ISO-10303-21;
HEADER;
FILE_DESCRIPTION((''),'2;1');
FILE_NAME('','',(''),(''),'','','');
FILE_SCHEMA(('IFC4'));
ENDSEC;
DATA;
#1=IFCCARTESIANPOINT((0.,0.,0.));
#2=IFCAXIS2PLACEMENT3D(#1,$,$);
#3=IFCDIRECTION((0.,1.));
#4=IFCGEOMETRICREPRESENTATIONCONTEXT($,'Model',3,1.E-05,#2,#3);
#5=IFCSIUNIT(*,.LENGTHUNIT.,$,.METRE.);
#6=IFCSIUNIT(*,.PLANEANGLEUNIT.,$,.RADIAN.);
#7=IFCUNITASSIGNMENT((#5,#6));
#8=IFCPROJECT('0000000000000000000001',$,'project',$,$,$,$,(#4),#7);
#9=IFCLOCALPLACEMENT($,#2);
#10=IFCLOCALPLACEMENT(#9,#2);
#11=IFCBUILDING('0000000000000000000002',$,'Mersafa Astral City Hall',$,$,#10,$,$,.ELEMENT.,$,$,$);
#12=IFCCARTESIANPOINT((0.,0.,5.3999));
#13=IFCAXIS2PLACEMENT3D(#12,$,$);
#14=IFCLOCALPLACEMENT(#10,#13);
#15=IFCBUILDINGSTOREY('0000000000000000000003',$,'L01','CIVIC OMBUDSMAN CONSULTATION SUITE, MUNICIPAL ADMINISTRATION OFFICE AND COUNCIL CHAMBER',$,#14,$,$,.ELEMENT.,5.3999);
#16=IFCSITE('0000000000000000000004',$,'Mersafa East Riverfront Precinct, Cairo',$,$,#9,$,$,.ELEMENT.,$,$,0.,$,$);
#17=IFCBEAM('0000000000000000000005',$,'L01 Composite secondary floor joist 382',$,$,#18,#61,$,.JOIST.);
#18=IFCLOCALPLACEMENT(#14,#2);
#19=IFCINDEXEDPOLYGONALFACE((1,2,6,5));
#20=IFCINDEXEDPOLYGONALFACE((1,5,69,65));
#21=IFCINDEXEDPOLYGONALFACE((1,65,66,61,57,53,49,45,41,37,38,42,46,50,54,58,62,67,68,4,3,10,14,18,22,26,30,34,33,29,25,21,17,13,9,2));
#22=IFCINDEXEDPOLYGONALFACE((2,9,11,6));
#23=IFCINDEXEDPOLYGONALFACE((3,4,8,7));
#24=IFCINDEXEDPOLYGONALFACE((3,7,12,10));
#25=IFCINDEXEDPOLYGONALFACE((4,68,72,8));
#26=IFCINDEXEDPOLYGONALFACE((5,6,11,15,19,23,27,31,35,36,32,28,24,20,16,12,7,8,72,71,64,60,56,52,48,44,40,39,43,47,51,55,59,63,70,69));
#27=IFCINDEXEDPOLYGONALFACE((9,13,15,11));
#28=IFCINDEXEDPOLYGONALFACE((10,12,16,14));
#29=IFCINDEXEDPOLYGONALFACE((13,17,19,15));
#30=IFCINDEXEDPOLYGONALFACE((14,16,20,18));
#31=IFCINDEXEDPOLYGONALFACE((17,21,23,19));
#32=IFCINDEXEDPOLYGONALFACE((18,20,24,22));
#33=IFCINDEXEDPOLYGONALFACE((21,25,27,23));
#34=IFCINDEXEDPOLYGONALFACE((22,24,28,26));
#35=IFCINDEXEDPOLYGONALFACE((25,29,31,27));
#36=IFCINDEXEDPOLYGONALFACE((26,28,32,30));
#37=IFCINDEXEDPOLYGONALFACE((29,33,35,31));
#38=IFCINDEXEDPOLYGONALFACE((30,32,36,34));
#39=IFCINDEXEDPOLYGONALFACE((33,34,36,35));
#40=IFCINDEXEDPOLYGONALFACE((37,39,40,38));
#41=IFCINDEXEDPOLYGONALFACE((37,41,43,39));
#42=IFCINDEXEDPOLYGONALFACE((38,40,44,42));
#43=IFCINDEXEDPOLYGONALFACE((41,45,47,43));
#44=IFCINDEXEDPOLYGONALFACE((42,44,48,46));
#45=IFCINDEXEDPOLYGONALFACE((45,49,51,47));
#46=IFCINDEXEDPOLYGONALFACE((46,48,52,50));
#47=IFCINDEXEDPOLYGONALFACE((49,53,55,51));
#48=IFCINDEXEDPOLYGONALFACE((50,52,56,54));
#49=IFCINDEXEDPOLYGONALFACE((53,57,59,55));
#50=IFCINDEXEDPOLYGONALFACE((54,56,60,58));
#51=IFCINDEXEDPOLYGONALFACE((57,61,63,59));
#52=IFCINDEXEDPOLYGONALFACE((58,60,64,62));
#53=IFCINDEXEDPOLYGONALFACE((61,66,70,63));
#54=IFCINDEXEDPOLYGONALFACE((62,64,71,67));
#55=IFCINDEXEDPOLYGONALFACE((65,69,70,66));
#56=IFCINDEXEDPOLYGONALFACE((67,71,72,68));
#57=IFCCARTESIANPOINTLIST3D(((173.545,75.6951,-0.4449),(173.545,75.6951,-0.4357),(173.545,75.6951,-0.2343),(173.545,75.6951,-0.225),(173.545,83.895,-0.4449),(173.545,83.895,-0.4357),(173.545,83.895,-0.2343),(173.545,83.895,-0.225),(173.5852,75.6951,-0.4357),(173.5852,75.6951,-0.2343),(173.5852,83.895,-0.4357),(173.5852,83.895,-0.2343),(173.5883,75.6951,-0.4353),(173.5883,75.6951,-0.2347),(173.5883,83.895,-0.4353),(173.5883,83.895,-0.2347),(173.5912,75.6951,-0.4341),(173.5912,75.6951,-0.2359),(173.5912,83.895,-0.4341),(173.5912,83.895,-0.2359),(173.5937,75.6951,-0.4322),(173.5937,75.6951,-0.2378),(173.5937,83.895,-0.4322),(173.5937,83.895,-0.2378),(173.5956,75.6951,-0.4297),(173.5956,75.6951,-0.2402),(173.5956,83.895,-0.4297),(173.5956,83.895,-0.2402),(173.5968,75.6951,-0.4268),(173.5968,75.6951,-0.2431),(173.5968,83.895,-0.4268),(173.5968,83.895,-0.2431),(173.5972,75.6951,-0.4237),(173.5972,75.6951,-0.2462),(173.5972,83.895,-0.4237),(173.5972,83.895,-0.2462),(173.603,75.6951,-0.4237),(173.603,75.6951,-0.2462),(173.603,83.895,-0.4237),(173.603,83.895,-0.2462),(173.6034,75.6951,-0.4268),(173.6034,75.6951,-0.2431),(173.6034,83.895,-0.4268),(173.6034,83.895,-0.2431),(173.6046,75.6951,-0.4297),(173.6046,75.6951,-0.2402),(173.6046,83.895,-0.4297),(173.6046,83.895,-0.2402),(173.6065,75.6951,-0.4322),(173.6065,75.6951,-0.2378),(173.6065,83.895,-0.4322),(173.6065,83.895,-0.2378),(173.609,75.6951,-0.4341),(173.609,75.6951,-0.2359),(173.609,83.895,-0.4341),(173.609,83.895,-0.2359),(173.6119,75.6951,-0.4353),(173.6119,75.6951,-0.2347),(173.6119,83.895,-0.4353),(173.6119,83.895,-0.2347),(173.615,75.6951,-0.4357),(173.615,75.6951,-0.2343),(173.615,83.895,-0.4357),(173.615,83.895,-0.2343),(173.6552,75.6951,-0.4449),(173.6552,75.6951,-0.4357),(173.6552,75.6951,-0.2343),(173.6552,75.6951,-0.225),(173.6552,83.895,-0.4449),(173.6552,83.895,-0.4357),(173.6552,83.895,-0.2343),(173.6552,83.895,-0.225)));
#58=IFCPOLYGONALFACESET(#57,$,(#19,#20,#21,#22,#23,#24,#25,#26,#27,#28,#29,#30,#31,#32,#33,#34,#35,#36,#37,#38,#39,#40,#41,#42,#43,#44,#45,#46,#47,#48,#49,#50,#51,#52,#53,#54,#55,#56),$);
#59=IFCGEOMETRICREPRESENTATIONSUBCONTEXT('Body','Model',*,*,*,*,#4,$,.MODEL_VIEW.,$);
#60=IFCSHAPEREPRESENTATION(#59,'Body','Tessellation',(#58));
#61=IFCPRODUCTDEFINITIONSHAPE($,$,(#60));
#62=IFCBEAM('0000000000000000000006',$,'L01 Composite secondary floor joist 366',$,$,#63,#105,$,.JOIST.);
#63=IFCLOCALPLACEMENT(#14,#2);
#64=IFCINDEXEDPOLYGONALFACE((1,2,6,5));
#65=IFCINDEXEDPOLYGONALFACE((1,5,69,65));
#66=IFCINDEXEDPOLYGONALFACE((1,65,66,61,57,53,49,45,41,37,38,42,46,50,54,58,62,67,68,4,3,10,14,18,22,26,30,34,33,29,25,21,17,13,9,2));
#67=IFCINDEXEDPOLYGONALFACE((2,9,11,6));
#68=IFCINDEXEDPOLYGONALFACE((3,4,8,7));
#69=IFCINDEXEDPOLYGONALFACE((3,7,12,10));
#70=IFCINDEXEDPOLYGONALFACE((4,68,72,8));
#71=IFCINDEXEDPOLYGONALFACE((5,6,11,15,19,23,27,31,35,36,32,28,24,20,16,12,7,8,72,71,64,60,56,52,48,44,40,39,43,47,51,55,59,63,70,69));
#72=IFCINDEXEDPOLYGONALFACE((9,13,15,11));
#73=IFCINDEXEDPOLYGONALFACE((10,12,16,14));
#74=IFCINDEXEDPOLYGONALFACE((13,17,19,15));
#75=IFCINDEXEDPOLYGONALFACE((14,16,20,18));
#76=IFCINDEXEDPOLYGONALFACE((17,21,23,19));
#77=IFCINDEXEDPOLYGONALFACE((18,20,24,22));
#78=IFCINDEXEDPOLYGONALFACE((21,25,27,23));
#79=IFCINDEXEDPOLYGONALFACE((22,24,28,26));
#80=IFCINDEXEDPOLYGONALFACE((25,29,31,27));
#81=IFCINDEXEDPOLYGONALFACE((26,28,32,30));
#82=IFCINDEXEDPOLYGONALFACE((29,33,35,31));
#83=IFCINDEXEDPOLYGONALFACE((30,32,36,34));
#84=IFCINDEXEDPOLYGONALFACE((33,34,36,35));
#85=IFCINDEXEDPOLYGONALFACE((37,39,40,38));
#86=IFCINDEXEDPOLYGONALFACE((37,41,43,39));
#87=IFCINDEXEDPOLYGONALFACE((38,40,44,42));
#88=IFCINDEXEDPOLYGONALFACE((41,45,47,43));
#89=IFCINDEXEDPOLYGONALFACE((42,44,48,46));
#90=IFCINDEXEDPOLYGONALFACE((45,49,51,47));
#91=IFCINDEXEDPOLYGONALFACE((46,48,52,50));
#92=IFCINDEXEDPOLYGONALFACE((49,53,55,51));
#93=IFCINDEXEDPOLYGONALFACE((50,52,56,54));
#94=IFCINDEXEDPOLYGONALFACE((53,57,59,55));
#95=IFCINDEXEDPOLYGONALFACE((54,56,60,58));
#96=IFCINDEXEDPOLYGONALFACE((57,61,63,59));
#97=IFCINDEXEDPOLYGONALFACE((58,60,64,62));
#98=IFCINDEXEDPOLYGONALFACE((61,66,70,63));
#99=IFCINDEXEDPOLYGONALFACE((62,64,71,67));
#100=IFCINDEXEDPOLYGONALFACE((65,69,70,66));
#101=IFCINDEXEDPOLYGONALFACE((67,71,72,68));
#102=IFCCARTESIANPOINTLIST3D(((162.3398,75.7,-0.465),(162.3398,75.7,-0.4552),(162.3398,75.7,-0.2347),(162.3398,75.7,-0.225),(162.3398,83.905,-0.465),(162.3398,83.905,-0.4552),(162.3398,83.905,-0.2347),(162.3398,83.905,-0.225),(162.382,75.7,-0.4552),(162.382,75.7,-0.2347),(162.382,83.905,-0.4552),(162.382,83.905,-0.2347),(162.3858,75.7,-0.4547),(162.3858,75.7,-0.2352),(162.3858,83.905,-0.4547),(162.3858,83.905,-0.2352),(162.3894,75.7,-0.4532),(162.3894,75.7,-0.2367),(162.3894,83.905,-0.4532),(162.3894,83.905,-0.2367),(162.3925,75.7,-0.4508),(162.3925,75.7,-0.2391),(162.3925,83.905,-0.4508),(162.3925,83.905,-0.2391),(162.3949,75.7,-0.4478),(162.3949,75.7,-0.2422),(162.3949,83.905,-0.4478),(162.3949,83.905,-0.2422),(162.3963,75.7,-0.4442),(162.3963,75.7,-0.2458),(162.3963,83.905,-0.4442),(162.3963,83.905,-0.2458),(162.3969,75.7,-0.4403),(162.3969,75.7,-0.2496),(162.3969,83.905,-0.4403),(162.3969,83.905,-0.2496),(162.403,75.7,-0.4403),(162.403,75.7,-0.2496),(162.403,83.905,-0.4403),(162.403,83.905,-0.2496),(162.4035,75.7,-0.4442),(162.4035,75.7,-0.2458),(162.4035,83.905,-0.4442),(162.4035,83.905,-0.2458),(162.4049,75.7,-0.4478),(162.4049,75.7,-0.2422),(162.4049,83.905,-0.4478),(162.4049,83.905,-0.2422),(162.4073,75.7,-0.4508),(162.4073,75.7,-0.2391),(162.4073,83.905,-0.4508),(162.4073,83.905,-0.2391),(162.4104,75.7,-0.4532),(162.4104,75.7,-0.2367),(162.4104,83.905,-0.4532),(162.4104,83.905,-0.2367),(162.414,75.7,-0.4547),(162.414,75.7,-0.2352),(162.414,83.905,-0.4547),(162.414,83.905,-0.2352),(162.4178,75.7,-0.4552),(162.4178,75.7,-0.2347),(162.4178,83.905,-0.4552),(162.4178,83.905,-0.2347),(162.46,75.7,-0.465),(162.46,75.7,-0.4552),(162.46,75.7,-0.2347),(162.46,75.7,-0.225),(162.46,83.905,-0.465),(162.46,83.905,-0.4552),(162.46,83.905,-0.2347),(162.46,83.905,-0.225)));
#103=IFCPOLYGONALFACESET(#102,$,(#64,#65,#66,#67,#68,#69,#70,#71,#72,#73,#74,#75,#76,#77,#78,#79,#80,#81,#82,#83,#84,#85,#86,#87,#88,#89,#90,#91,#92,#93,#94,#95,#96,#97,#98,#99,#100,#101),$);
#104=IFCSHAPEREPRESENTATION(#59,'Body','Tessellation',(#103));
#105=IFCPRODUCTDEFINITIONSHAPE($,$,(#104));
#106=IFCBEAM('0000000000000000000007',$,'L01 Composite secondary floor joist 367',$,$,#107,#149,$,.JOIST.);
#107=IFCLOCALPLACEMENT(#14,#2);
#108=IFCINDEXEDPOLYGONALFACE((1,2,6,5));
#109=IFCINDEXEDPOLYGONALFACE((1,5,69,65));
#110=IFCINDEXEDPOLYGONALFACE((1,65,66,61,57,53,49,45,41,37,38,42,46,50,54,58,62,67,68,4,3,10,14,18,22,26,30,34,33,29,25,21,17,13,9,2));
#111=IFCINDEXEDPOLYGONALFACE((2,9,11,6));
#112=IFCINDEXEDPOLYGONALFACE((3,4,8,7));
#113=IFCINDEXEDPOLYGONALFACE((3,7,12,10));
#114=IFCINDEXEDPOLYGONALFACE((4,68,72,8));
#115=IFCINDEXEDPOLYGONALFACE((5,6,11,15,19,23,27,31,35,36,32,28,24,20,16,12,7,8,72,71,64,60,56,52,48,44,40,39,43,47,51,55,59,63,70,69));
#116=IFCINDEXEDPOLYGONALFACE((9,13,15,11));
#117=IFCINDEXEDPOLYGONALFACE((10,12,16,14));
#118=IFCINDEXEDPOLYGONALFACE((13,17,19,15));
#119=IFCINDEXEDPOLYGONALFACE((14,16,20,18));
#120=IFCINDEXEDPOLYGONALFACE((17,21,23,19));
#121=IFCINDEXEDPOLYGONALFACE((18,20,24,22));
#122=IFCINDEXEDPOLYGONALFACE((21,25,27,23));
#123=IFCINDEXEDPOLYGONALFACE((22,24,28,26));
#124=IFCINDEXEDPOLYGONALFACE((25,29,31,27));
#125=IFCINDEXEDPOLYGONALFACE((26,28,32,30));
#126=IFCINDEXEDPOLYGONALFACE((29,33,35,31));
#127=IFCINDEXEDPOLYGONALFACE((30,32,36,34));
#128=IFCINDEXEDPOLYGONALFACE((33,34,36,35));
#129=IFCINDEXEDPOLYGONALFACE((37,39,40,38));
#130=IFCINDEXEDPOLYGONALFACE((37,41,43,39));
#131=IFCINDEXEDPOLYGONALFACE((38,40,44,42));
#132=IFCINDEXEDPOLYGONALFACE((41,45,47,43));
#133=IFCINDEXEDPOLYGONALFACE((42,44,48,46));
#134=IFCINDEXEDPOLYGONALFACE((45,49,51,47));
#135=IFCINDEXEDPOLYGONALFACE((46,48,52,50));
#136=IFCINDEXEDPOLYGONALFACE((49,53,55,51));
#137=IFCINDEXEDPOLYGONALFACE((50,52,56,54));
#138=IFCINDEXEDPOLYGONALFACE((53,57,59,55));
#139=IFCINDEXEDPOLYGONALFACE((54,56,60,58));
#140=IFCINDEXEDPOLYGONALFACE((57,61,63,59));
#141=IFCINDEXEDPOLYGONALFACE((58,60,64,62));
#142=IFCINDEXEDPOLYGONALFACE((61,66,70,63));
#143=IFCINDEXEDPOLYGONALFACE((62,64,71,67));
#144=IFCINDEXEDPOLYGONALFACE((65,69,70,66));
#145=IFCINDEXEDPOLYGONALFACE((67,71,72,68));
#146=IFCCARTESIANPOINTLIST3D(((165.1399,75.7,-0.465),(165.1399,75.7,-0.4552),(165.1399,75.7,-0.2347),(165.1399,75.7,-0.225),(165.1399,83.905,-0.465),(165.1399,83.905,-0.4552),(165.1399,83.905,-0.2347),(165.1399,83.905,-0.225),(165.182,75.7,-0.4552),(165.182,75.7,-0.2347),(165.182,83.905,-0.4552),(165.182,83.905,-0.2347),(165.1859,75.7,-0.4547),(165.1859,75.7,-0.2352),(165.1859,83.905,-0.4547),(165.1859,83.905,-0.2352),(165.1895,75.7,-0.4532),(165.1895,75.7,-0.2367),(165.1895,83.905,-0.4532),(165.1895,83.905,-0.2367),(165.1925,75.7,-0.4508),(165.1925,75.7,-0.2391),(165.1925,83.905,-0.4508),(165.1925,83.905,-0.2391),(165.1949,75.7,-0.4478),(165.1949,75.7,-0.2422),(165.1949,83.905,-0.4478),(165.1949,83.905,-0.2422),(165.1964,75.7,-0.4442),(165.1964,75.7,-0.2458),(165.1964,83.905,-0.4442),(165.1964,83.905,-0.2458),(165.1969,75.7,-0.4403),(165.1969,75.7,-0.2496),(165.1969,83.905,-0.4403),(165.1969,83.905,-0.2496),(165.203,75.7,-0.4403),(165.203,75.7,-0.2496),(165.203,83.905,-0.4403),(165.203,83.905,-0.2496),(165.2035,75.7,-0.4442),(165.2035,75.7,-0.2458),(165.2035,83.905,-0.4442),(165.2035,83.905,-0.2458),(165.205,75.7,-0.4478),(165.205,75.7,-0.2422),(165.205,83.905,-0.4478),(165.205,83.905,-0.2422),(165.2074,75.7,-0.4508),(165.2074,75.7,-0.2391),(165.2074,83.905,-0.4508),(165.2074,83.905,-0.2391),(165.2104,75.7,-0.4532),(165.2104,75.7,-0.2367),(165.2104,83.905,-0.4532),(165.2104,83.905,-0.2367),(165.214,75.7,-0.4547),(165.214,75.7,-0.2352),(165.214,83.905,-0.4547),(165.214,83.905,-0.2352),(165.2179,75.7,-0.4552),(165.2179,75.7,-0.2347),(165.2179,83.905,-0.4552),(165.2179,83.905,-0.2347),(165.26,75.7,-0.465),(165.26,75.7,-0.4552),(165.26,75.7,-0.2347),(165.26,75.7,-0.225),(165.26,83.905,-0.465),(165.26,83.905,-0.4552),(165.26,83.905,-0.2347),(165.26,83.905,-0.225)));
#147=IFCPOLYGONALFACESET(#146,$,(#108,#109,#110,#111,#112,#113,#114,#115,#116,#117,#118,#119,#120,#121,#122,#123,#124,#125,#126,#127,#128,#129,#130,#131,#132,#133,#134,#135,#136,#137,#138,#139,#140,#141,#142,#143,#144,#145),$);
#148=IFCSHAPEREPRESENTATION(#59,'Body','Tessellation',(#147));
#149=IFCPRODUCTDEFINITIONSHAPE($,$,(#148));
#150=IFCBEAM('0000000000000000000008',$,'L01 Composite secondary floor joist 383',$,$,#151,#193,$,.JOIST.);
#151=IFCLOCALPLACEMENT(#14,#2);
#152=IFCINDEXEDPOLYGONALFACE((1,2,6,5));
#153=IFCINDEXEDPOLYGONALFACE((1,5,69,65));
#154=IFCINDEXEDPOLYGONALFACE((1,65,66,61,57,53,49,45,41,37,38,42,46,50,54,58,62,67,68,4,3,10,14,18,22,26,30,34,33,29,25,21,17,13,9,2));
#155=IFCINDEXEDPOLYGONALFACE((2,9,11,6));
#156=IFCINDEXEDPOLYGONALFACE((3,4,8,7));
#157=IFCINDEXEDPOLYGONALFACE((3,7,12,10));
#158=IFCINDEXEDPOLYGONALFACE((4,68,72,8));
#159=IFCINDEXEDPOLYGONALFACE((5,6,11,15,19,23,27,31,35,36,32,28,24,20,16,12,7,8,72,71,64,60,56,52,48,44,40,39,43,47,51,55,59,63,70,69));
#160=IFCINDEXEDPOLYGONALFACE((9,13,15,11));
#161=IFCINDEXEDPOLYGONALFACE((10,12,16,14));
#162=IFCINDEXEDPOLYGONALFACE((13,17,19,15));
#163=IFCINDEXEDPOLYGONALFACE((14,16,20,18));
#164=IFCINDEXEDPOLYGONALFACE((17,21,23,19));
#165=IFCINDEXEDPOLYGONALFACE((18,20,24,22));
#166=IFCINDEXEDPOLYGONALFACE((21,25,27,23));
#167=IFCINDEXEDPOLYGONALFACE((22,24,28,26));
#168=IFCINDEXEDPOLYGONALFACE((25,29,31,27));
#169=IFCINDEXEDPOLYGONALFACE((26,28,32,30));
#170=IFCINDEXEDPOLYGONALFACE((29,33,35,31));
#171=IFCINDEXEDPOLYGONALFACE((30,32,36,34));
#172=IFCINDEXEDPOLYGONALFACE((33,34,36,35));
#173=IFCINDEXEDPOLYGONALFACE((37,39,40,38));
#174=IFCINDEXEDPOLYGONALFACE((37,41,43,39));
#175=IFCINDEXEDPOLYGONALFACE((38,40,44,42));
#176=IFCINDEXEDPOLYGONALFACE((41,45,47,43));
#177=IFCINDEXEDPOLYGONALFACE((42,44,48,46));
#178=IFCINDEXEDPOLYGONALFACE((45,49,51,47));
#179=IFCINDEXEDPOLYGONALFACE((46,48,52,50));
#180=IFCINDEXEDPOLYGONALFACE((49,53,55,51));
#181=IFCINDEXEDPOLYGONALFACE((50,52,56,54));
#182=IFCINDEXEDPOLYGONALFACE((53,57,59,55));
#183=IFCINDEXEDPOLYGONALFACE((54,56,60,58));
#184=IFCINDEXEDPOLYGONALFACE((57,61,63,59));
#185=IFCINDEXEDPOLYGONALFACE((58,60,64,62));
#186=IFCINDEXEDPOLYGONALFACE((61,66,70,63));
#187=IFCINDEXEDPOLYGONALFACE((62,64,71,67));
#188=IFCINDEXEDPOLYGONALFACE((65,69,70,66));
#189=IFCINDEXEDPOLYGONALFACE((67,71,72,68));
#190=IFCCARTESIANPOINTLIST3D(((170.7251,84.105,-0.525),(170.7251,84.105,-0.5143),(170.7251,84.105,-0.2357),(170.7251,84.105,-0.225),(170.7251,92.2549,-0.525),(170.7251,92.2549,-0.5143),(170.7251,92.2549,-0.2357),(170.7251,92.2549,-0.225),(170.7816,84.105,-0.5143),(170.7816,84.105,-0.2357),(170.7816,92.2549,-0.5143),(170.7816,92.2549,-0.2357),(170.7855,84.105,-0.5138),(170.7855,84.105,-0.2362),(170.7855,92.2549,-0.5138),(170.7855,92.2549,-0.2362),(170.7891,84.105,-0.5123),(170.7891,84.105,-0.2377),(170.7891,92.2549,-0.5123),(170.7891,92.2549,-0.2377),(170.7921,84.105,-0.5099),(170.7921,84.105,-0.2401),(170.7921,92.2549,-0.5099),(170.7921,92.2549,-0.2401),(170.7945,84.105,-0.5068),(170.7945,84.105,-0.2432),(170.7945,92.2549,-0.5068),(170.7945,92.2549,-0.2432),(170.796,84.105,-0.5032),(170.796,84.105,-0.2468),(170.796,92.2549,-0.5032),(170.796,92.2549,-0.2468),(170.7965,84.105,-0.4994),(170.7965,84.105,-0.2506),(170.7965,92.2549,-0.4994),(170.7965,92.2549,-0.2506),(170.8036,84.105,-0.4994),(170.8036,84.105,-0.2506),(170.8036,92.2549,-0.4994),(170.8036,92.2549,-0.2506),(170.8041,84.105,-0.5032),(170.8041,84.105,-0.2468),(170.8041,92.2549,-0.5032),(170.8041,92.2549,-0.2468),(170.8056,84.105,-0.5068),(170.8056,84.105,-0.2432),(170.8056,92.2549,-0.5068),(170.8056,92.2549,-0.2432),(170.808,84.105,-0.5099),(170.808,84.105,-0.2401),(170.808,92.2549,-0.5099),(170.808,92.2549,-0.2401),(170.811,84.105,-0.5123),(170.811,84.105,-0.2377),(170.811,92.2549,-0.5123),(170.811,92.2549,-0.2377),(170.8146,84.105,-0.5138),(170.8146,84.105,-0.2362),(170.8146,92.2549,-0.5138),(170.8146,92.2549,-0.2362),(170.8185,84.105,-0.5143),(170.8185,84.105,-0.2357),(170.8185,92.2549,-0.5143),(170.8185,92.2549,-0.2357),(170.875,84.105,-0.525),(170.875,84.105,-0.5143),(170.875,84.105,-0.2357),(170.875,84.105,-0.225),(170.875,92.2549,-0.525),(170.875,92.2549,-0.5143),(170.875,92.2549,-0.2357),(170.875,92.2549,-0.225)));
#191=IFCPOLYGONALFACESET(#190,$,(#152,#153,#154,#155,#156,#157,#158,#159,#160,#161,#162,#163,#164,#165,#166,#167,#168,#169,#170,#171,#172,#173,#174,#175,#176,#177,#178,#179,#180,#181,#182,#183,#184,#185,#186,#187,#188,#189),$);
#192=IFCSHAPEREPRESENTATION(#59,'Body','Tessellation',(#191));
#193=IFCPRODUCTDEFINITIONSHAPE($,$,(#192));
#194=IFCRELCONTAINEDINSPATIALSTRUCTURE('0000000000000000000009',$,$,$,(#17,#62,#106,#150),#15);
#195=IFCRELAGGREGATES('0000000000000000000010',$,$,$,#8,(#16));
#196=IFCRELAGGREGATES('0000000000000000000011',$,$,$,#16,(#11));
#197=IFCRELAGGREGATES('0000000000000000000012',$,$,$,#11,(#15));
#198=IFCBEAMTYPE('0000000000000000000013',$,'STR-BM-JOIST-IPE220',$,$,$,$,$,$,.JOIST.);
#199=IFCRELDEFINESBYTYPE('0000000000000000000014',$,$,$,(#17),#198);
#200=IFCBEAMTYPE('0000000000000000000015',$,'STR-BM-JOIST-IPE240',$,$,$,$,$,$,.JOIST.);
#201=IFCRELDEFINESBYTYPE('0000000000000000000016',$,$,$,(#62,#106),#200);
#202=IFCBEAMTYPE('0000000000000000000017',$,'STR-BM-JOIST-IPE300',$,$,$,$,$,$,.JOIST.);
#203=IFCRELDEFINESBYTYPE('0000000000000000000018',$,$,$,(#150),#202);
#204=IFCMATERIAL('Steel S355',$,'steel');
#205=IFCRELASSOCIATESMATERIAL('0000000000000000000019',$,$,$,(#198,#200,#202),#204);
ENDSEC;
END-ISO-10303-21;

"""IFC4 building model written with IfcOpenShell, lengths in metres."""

from ifc_helpers import new_model, si_unit, direction, frame, origin, origin_2d, place, context, subcontext, project, spatial, i_section, extrude, material, material_profile, profile_set, type_object, element, save


model = new_model("IFC4")

# Units and contexts
model_context = context("Model", 3, precision=1e-05, world=origin(), true_north=direction((0.0, 1.0)))
body_context = subcontext(model_context, "Body", "Model", "MODEL_VIEW")
ifc_project = project(units=[si_unit("LENGTHUNIT", "METRE"), si_unit("PLANEANGLEUNIT", "RADIAN")], contexts=[model_context])

# Site, building, storey
site_placement = place(None, origin())
site = spatial("IfcSite", under=ifc_project, at=site_placement, Name="Mersafa East Riverfront Precinct, Cairo", CompositionType="ELEMENT", RefElevation=0.0)
building_placement = place(site_placement, origin())
building = spatial("IfcBuilding", under=site, at=building_placement, Name="Mersafa Astral City Hall", CompositionType="ELEMENT")
storey_placement = place(building_placement, frame((0.0, 0.0, 5.3999)))
storey = spatial("IfcBuildingStorey", under=building, at=storey_placement, Name="L01", Description="CIVIC OMBUDSMAN CONSULTATION SUITE, MUNICIPAL ADMINISTRATION OFFICE AND COUNCIL CHAMBER", CompositionType="ELEMENT", Elevation=5.3999)

# Shared definitions
ifc_material_1 = material(Name="Steel S355", Category="steel")

# Beams
ifc_material_profile_1 = material_profile(ifc_material_1, i_section(OverallWidth=0.1101, OverallDepth=0.22, WebThickness=0.0059, FlangeThickness=0.0093, FilletRadius=0.012, at=origin_2d()), Name="IPE 220")
ifc_profile_set_1 = profile_set([ifc_material_profile_1], Name="Steel S355")
beam_type_1 = type_object("IfcBeamType", Name="STR-BM-JOIST-IPE220", PredefinedType="JOIST", material=ifc_profile_set_1)
for number, where, z_axis, x_axis, name in (
    (1, (173.6001, 75.6951, -0.335), (0.0, 1.0, 0.0), (-1.0, 0.0, 0.0), "L01 Composite secondary floor joist 382"),
):
    element("IfcBeam", number, at=place(storey_placement, frame(where, z_axis=z_axis, x_axis=x_axis)), inside=storey, type_object=beam_type_1, Name=name, PredefinedType="JOIST", context=body_context, shape_type="SweptSolid", body=[
        extrude(i_section(OverallWidth=0.1101, OverallDepth=0.22, WebThickness=0.0059, FlangeThickness=0.0093, FilletRadius=0.012, at=origin_2d()), origin(), (0.0, 0.0, 1.0), 8.2),
    ])
ifc_material_profile_2 = material_profile(ifc_material_1, i_section(OverallWidth=0.1201, OverallDepth=0.24, WebThickness=0.0061, FlangeThickness=0.0098, FilletRadius=0.0149, at=origin_2d()), Name="IPE 240")
ifc_profile_set_2 = profile_set([ifc_material_profile_2], Name="Steel S355")
beam_type_2 = type_object("IfcBeamType", Name="STR-BM-JOIST-IPE240", PredefinedType="JOIST", material=ifc_profile_set_2)
for number, where, z_axis, x_axis, name in (
    (2, (162.3999, 75.7, -0.345), (0.0, 1.0, 0.0), (-1.0, 0.0, 0.0), "L01 Composite secondary floor joist 366"),
    (3, (165.2, 75.7, -0.345), (0.0, 1.0, 0.0), (-1.0, 0.0, 0.0), "L01 Composite secondary floor joist 367"),
):
    element("IfcBeam", number, at=place(storey_placement, frame(where, z_axis=z_axis, x_axis=x_axis)), inside=storey, type_object=beam_type_2, Name=name, PredefinedType="JOIST", context=body_context, shape_type="SweptSolid", body=[
        extrude(i_section(OverallWidth=0.1201, OverallDepth=0.24, WebThickness=0.0061, FlangeThickness=0.0098, FilletRadius=0.0149, at=origin_2d()), origin(), (0.0, 0.0, 1.0), 8.2051),
    ])
ifc_material_profile_3 = material_profile(ifc_material_1, i_section(OverallWidth=0.1499, OverallDepth=0.3, WebThickness=0.0071, FlangeThickness=0.0107, FilletRadius=0.0149, at=origin_2d()), Name="IPE 300")
ifc_profile_set_3 = profile_set([ifc_material_profile_3], Name="Steel S355")
beam_type_3 = type_object("IfcBeamType", Name="STR-BM-JOIST-IPE300", PredefinedType="JOIST", material=ifc_profile_set_3)
for number, where, z_axis, x_axis, name in (
    (4, (170.8, 84.105, -0.375), (0.0, 1.0, 0.0), (-1.0, 0.0, 0.0), "L01 Composite secondary floor joist 383"),
):
    element("IfcBeam", number, at=place(storey_placement, frame(where, z_axis=z_axis, x_axis=x_axis)), inside=storey, type_object=beam_type_3, Name=name, PredefinedType="JOIST", context=body_context, shape_type="SweptSolid", body=[
        extrude(i_section(OverallWidth=0.1499, OverallDepth=0.3, WebThickness=0.0071, FlangeThickness=0.0107, FilletRadius=0.0149, at=origin_2d()), origin(), (0.0, 0.0, 1.0), 8.1499),
    ])

save(model, "model.ifc")
